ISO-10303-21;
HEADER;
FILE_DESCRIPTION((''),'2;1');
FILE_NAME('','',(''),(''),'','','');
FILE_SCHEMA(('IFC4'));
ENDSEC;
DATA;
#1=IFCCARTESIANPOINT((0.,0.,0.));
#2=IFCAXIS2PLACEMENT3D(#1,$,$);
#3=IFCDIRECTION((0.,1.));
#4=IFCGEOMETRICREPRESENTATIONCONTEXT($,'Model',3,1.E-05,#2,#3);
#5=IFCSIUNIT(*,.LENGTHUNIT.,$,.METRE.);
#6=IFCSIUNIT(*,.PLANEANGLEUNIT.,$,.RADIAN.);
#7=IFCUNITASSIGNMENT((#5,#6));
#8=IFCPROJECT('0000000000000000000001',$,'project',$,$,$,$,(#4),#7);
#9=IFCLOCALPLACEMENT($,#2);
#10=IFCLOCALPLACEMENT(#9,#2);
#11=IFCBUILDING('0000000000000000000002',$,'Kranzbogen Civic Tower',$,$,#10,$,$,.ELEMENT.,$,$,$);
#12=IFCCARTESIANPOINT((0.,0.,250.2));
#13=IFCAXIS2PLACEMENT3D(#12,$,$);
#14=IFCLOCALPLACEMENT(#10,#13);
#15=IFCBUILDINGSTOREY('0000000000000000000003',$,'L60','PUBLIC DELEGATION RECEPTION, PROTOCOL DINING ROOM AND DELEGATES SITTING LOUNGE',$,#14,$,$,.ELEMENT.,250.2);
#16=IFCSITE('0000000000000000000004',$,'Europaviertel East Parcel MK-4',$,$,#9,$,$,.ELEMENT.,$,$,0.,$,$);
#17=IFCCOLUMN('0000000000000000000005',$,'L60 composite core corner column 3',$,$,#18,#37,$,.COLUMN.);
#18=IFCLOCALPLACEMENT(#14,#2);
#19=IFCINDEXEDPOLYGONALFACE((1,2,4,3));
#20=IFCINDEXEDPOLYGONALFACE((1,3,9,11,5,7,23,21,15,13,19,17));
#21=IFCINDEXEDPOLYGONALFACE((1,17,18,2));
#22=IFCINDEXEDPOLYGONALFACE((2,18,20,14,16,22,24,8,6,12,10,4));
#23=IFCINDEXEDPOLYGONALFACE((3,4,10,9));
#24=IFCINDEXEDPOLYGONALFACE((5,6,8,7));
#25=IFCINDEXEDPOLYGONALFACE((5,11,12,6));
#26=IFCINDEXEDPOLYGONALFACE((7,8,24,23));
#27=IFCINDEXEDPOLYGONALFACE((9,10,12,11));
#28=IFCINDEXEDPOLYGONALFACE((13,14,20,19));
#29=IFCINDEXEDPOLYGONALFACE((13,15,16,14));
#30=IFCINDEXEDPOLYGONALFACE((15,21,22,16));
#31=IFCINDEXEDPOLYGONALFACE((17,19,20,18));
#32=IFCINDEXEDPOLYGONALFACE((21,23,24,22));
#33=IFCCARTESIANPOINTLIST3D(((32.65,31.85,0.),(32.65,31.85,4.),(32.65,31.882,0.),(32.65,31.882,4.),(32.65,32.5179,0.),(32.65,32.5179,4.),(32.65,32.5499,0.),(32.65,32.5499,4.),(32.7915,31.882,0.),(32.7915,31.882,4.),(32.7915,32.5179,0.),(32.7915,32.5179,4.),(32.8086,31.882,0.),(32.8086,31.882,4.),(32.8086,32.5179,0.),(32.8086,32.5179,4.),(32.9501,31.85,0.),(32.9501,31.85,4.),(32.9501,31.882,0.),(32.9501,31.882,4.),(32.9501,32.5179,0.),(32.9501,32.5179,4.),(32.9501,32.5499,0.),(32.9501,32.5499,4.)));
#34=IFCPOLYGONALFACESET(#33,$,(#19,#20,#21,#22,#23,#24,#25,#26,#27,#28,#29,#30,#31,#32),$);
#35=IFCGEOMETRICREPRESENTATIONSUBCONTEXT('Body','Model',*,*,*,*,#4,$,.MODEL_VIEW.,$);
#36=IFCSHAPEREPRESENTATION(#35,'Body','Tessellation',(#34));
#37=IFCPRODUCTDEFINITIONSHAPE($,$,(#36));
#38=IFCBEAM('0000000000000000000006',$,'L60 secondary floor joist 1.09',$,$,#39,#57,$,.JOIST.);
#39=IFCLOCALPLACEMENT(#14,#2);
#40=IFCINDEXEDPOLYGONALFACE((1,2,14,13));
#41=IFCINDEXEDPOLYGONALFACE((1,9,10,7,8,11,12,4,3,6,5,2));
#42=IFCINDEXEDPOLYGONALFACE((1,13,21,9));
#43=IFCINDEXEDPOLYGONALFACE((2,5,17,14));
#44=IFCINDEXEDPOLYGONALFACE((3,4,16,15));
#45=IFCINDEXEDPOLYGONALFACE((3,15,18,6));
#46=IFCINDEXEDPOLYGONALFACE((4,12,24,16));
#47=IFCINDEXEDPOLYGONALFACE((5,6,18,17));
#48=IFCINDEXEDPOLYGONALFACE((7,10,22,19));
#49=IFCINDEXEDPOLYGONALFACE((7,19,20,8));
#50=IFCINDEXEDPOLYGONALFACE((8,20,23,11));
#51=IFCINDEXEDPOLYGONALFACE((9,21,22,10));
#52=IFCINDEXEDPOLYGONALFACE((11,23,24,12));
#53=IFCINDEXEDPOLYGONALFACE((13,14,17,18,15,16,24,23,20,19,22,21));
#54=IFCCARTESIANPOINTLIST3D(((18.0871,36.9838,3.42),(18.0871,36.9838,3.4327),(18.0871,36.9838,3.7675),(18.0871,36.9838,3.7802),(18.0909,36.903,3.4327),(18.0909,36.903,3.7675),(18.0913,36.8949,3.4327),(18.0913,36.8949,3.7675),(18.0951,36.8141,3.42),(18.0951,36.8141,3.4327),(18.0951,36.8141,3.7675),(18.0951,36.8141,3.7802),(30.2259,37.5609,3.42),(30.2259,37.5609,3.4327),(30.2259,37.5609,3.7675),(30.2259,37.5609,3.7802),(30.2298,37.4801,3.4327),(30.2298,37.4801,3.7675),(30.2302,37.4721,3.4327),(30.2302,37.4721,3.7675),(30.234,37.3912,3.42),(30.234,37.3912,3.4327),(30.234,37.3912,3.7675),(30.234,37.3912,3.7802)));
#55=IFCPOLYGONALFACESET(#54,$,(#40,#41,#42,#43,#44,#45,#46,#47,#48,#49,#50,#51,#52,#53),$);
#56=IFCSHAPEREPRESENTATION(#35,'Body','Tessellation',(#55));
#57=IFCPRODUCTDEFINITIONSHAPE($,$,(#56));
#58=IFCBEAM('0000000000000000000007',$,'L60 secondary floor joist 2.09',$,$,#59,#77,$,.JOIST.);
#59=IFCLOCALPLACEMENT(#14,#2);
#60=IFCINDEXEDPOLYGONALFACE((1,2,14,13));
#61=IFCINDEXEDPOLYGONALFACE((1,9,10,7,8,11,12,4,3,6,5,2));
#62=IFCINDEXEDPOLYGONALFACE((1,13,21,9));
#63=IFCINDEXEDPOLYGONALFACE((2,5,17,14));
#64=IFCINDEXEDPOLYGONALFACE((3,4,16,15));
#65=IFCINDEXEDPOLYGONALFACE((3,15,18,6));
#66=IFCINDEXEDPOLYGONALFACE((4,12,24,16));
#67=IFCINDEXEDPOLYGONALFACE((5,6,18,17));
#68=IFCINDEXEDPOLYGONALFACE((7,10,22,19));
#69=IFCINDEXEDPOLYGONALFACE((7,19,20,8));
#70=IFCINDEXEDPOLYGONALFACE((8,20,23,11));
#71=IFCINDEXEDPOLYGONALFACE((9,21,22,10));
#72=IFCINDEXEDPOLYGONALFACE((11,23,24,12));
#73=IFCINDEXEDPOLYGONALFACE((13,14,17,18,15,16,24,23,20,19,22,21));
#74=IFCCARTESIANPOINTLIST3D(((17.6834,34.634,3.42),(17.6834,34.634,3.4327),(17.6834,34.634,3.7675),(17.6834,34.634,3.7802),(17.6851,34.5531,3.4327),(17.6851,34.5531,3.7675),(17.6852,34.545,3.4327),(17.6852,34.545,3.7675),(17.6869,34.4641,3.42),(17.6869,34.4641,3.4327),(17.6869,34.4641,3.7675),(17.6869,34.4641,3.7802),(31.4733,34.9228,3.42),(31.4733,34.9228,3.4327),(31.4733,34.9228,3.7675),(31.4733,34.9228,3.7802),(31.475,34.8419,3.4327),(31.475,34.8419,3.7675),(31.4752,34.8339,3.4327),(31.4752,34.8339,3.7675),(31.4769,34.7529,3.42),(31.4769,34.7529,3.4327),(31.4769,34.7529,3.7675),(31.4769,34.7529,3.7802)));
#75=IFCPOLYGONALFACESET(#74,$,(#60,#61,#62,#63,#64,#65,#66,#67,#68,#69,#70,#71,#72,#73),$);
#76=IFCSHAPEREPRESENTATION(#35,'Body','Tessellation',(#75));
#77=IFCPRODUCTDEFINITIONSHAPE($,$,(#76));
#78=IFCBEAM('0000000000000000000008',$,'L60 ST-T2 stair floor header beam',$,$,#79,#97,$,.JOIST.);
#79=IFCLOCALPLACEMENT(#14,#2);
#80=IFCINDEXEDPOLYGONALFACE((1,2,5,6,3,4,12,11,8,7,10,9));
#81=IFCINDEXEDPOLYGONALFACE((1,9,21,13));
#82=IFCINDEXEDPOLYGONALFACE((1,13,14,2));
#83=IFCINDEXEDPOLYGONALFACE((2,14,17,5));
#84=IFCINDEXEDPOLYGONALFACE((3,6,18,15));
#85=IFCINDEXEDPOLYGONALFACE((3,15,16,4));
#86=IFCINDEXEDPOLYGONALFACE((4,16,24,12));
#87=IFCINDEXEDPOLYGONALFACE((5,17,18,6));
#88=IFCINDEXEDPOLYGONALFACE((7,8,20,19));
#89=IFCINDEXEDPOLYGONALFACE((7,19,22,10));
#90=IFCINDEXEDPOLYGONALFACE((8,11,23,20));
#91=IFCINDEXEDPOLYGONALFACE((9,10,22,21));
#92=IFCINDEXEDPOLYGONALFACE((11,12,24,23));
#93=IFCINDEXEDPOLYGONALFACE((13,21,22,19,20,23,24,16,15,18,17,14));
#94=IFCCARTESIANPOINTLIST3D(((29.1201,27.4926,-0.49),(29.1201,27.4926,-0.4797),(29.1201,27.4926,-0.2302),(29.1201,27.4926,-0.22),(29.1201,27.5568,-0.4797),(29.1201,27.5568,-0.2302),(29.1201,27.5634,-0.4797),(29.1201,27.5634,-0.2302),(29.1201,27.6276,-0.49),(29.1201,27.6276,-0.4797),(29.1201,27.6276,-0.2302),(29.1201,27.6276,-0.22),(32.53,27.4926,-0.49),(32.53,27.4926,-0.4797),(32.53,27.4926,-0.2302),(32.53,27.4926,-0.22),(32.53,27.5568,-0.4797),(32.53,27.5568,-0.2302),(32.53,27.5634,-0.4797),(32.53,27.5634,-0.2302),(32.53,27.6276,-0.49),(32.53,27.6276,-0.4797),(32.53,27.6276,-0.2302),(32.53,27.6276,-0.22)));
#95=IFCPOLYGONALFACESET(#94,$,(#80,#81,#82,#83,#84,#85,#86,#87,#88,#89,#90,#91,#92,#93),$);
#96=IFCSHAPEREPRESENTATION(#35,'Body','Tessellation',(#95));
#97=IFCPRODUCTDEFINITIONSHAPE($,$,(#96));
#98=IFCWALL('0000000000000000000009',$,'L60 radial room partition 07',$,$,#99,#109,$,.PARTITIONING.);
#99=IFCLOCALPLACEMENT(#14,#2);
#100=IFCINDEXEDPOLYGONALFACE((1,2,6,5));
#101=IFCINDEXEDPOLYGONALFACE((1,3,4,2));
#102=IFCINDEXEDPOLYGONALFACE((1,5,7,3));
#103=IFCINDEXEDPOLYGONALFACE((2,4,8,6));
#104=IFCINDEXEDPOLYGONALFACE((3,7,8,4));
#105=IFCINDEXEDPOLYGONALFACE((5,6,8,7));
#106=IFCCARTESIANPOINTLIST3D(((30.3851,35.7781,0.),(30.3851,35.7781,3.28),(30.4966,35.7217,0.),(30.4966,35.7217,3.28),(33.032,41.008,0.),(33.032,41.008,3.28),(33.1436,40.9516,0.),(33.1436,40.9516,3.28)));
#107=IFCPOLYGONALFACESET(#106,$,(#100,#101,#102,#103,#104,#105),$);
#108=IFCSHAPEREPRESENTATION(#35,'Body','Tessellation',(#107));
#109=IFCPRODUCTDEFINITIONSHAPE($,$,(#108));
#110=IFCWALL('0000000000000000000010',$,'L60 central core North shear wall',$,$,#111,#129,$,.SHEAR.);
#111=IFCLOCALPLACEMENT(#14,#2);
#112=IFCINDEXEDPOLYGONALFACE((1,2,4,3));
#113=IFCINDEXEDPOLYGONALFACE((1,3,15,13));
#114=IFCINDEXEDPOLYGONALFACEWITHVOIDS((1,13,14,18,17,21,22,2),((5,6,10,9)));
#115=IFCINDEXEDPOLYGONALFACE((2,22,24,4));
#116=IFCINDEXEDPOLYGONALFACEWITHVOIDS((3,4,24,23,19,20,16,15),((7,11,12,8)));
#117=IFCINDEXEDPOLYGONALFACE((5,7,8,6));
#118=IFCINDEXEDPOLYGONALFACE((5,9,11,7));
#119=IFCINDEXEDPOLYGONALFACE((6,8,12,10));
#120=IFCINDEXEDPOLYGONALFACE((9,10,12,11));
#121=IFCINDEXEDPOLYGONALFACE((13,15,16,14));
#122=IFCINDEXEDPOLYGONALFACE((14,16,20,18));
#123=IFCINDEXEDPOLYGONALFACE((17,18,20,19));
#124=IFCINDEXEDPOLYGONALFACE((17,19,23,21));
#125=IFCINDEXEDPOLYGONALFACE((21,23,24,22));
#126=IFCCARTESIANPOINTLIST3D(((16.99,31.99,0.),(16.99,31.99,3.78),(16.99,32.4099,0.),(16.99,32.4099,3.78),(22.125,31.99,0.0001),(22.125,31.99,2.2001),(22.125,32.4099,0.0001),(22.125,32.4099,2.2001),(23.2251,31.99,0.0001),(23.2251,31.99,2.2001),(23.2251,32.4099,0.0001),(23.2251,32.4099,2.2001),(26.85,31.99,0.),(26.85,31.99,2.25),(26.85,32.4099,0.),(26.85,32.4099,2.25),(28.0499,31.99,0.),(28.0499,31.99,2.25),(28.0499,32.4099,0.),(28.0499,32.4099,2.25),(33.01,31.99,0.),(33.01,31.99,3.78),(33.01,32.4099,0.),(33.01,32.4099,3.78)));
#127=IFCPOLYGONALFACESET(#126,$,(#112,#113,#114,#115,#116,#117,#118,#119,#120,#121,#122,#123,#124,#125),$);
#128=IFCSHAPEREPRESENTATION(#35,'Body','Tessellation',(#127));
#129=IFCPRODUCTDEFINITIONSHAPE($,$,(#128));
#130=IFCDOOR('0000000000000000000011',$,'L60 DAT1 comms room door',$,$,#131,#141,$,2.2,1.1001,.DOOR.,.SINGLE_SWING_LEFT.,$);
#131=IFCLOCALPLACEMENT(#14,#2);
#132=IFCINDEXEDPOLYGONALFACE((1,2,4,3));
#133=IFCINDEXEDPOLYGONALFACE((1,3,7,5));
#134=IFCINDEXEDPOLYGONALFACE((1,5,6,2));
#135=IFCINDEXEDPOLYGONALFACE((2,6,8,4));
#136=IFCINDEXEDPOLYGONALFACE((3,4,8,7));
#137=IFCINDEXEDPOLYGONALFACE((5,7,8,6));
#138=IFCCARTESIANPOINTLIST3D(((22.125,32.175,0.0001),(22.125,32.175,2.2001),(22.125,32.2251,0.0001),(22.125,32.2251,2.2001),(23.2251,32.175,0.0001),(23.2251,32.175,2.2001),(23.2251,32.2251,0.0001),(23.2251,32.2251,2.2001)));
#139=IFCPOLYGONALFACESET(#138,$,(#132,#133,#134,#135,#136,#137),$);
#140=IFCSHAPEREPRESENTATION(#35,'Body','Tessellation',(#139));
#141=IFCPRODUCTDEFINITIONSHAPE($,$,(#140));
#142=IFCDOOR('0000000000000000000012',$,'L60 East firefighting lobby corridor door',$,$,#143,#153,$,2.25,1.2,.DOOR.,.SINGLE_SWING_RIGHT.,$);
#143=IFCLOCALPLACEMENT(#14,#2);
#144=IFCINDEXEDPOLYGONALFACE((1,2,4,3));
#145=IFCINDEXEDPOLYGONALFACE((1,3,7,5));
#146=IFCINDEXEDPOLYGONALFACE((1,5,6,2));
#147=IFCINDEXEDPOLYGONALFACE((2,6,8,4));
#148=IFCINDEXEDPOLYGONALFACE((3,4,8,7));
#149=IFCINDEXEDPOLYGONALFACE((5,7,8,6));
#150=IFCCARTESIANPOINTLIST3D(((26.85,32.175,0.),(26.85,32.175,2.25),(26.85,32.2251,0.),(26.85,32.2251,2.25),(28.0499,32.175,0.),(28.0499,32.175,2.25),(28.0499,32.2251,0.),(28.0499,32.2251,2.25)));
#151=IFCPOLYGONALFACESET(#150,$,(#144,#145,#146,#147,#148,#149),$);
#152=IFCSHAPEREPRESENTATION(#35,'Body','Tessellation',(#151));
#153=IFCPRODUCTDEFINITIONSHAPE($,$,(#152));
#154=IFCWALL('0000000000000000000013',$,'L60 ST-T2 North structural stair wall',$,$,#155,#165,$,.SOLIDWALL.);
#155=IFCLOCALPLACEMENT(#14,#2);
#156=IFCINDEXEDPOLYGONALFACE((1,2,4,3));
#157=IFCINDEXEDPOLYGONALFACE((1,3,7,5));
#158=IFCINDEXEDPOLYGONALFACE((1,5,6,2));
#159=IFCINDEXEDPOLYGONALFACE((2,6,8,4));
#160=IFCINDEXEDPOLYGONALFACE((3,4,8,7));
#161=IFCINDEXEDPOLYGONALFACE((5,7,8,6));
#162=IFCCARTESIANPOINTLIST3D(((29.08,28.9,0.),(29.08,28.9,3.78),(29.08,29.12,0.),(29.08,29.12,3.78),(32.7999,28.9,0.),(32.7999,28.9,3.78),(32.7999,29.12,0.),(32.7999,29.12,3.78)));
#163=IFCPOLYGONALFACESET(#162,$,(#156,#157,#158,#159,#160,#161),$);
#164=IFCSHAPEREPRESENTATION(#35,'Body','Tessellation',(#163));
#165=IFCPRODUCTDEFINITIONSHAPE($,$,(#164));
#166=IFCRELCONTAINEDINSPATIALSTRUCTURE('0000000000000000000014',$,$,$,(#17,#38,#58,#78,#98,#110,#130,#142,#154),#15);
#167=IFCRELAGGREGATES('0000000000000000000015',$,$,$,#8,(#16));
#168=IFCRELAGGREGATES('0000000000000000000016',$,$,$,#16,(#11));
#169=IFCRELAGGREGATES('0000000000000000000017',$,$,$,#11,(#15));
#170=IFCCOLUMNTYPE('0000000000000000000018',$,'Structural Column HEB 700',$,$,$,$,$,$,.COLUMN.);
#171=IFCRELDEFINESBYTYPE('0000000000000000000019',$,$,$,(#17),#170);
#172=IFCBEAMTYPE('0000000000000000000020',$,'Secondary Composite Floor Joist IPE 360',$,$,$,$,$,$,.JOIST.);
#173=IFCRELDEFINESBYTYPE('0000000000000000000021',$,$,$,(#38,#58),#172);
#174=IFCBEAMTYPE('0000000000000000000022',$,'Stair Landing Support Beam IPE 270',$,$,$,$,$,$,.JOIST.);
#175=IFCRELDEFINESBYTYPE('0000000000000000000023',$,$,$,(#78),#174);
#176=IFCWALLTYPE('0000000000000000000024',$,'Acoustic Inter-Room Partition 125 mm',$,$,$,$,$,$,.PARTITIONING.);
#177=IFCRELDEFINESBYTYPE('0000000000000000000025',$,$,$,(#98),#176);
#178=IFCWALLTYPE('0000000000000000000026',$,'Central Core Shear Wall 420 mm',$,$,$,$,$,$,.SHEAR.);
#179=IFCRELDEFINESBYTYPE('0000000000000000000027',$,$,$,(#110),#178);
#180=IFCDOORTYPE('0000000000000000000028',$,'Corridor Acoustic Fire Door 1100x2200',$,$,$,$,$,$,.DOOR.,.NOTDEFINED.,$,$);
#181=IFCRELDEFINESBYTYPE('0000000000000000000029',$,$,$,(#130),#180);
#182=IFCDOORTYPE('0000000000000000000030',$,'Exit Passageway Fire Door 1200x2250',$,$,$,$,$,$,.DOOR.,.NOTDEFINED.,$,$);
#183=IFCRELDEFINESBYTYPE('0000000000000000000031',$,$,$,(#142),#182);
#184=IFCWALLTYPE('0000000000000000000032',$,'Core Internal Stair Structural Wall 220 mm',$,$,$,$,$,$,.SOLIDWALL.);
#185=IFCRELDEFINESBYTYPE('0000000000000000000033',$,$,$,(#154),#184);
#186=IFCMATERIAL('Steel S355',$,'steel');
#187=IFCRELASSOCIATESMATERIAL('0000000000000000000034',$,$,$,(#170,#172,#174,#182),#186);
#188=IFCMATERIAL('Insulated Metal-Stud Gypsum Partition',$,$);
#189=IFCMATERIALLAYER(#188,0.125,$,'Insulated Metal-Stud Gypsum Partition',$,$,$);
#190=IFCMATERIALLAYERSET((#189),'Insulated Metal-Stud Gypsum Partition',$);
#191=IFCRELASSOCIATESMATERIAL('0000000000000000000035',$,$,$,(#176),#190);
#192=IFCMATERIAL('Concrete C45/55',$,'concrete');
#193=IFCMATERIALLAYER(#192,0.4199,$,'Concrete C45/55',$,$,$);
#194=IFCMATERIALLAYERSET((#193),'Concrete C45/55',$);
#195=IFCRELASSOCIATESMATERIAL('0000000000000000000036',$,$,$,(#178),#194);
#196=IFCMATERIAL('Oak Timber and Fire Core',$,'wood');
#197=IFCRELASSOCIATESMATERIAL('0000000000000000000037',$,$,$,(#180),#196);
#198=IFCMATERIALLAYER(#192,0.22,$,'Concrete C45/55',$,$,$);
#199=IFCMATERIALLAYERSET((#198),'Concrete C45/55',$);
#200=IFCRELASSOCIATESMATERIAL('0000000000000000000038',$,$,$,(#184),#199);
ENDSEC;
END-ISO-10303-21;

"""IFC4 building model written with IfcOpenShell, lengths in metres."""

from ifc_helpers import new_model, si_unit, direction, frame, frame_2d, origin, origin_2d, place, context, subcontext, project, spatial, rectangle, i_section, extrude, material, layer, layer_set, material_profile, profile_set, type_object, element, fill, save


model = new_model("IFC4")

# Units and contexts
model_context = context("Model", 3, precision=1e-05, world=origin(), true_north=direction((0.0, 1.0)))
body_context = subcontext(model_context, "Body", "Model", "MODEL_VIEW")
ifc_project = project(units=[si_unit("LENGTHUNIT", "METRE"), si_unit("PLANEANGLEUNIT", "RADIAN")], contexts=[model_context])

# Site, building, storey
site_placement = place(None, origin())
site = spatial("IfcSite", under=ifc_project, at=site_placement, Name="Europaviertel East Parcel MK-4", CompositionType="ELEMENT", RefElevation=0.0)
building_placement = place(site_placement, origin())
building = spatial("IfcBuilding", under=site, at=building_placement, Name="Kranzbogen Civic Tower", CompositionType="ELEMENT")
storey_placement = place(building_placement, frame((0.0, 0.0, 250.2)))
storey = spatial("IfcBuildingStorey", under=building, at=storey_placement, Name="L60", Description="PUBLIC DELEGATION RECEPTION, PROTOCOL DINING ROOM AND DELEGATES SITTING LOUNGE", CompositionType="ELEMENT", Elevation=250.2)

# Column
ifc_material_1 = material(Name="Steel S355", Category="steel")
ifc_material_profile_1 = material_profile(ifc_material_1, i_section(OverallWidth=0.3, OverallDepth=0.7, WebThickness=0.0171, FlangeThickness=0.032, at=origin_2d()), Name="HEB 700")
ifc_profile_set_1 = profile_set([ifc_material_profile_1], Name="Steel S355")
column_type = type_object("IfcColumnType", Name="Structural Column HEB 700", PredefinedType="COLUMN", material=ifc_profile_set_1)
column_placement = place(storey_placement, frame((32.8, 32.2, 0.0), z_axis=(0.0, 0.0, 1.0), x_axis=(1.0, 0.0, 0.0)))
element("IfcColumn", 1, at=column_placement, inside=storey, type_object=column_type, Name="L60 composite core corner column 3", PredefinedType="COLUMN", context=body_context, shape_type="SweptSolid", body=[
    extrude(i_section(OverallWidth=0.3, OverallDepth=0.7, WebThickness=0.0171, FlangeThickness=0.032, at=origin_2d()), origin(), (0.0, 0.0, 1.0), 4.0),
])

# Beams
ifc_material_profile_2 = material_profile(ifc_material_1, i_section(OverallWidth=0.1699, OverallDepth=0.3601, WebThickness=0.0081, FlangeThickness=0.0127, at=origin_2d()), Name="IPE 360")
ifc_profile_set_2 = profile_set([ifc_material_profile_2], Name="Steel S355")
beam_type_1 = type_object("IfcBeamType", Name="Secondary Composite Floor Joist IPE 360", PredefinedType="JOIST", material=ifc_profile_set_2)
beam_1_placement = place(storey_placement, frame((30.23, 37.4761, 3.6001), z_axis=(-0.998872, -0.047492, 0.0), x_axis=(0.047492, -0.998872, 0.0)))
element("IfcBeam", 2, at=beam_1_placement, inside=storey, type_object=beam_type_1, Name="L60 secondary floor joist 1.09", PredefinedType="JOIST", context=body_context, shape_type="SweptSolid", body=[
    extrude(i_section(OverallWidth=0.1699, OverallDepth=0.3601, WebThickness=0.0081, FlangeThickness=0.0127, at=origin_2d()), origin(), (0.0, 0.0, 1.0), 12.1526),
])
beam_2_placement = place(storey_placement, frame((31.4751, 34.8379, 3.6001), z_axis=(-0.999781, -0.020939, 0.0), x_axis=(0.020939, -0.999781, 0.0)))
element("IfcBeam", 3, at=beam_2_placement, inside=storey, type_object=beam_type_1, Name="L60 secondary floor joist 2.09", PredefinedType="JOIST", context=body_context, shape_type="SweptSolid", body=[
    extrude(i_section(OverallWidth=0.1699, OverallDepth=0.3601, WebThickness=0.0081, FlangeThickness=0.0127, at=origin_2d()), origin(), (0.0, 0.0, 1.0), 13.793),
])
ifc_material_profile_3 = material_profile(ifc_material_1, i_section(OverallWidth=0.135, OverallDepth=0.27, WebThickness=0.0066, FlangeThickness=0.0103, at=origin_2d()), Name="IPE 270")
ifc_profile_set_3 = profile_set([ifc_material_profile_3], Name="Steel S355")
beam_type_2 = type_object("IfcBeamType", Name="Stair Landing Support Beam IPE 270", PredefinedType="JOIST", material=ifc_profile_set_3)
beam_3_placement = place(storey_placement, frame((29.1201, 27.5601, -0.355), z_axis=(1.0, 0.0, 0.0), x_axis=(0.0, 1.0, 0.0)))
element("IfcBeam", 4, at=beam_3_placement, inside=storey, type_object=beam_type_2, Name="L60 ST-T2 stair floor header beam", PredefinedType="JOIST", context=body_context, shape_type="SweptSolid", body=[
    extrude(i_section(OverallWidth=0.135, OverallDepth=0.27, WebThickness=0.0066, FlangeThickness=0.0103, at=origin_2d()), origin(), (0.0, 0.0, 1.0), 3.4099),
])

# Wall
ifc_material_2 = material(Name="Insulated Metal-Stud Gypsum Partition")
ifc_layer_1 = layer(ifc_material_2, 0.125, Name="Insulated Metal-Stud Gypsum Partition")
ifc_layer_set_1 = layer_set([ifc_layer_1], Name="Insulated Metal-Stud Gypsum Partition")
wall_type_1 = type_object("IfcWallType", Name="Acoustic Inter-Room Partition 125 mm", PredefinedType="PARTITIONING", material=ifc_layer_set_1)
wall_1_placement = place(storey_placement, frame((30.4409, 35.75, 0.0), z_axis=(0.0, 0.0, 1.0), x_axis=(0.451573, 0.892234, 0.0)))
element("IfcWall", 5, at=wall_1_placement, inside=storey, type_object=wall_type_1, Name="L60 radial room partition 07", PredefinedType="PARTITIONING", context=body_context, shape_type="SweptSolid", body=[
    extrude(rectangle(XDim=5.8616, YDim=0.125, at=frame_2d((2.9307, 0.0))), origin(), (0.0, 0.0, 1.0), 3.28),
])

# Wall, openings, doors
ifc_material_3 = material(Name="Concrete C45/55", Category="concrete")
ifc_layer_2 = layer(ifc_material_3, 0.4199, Name="Concrete C45/55")
ifc_layer_set_2 = layer_set([ifc_layer_2], Name="Concrete C45/55")
wall_type_2 = type_object("IfcWallType", Name="Central Core Shear Wall 420 mm", PredefinedType="SHEAR", material=ifc_layer_set_2)
wall_2_placement = place(storey_placement, frame((33.01, 32.2, 0.0), z_axis=(0.0, 0.0, 1.0), x_axis=(-1.0, 0.0, 0.0)))
wall_2 = element("IfcWall", 6, at=wall_2_placement, inside=storey, type_object=wall_type_2, Name="L60 central core North shear wall", PredefinedType="SHEAR", context=body_context, shape_type="SweptSolid", body=[
    extrude(rectangle(XDim=16.02, YDim=0.4199, at=frame_2d((8.01, 0.0))), origin(), (0.0, 0.0, 1.0), 3.78),
])
opening_1_placement = place(wall_2_placement, frame((4.96, 0.0, 0.0)))
opening_1 = element("IfcOpeningElement", 7, at=opening_1_placement, cuts=wall_2, PredefinedType="OPENING", context=body_context, shape_type="SweptSolid", body=[
    extrude(rectangle(XDim=1.2, YDim=2.25, at=frame_2d((0.6001, 1.125))), frame((0.0, 0.22, 0.0), z_axis=(0.0, -1.0, 0.0), x_axis=(1.0, 0.0, 0.0)), (0.0, 0.0, 1.0), 0.4399),
])
opening_2_placement = place(wall_2_placement, frame((9.7849, 0.0, 0.0)))
opening_2 = element("IfcOpeningElement", 8, at=opening_2_placement, cuts=wall_2, PredefinedType="OPENING", context=body_context, shape_type="SweptSolid", body=[
    extrude(rectangle(XDim=1.1001, YDim=2.2, at=frame_2d((0.55, 1.1001))), frame((0.0, 0.22, 0.0), z_axis=(0.0, -1.0, 0.0), x_axis=(1.0, 0.0, 0.0)), (0.0, 0.0, 1.0), 0.4399),
])
ifc_material_4 = material(Name="Oak Timber and Fire Core", Category="wood")
door_type_1 = type_object("IfcDoorType", Name="Corridor Acoustic Fire Door 1100x2200", OperationType="NOTDEFINED", PredefinedType="DOOR", material=ifc_material_4)
door_1_placement = place(opening_2_placement, origin())
door_1 = element("IfcDoor", 9, at=door_1_placement, inside=storey, type_object=door_type_1, Name="L60 DAT1 comms room door", OperationType="SINGLE_SWING_LEFT", OverallHeight=2.2, OverallWidth=1.1001, PredefinedType="DOOR", context=body_context, shape_type="SweptSolid", body=[
    extrude(rectangle(XDim=1.1001, YDim=2.2, at=frame_2d((0.55, 1.1001))), frame((0.0, 0.0249, 0.0), z_axis=(0.0, -1.0, 0.0), x_axis=(1.0, 0.0, 0.0)), (0.0, 0.0, 1.0), 0.05),
])
fill(opening_2, door_1)
door_type_2 = type_object("IfcDoorType", Name="Exit Passageway Fire Door 1200x2250", OperationType="NOTDEFINED", PredefinedType="DOOR", material=ifc_material_1)
door_2_placement = place(opening_1_placement, origin())
door_2 = element("IfcDoor", 10, at=door_2_placement, inside=storey, type_object=door_type_2, Name="L60 East firefighting lobby corridor door", OperationType="SINGLE_SWING_RIGHT", OverallHeight=2.25, OverallWidth=1.2, PredefinedType="DOOR", context=body_context, shape_type="SweptSolid", body=[
    extrude(rectangle(XDim=1.2, YDim=2.25, at=frame_2d((0.6001, 1.125))), frame((0.0, 0.0249, 0.0), z_axis=(0.0, -1.0, 0.0), x_axis=(1.0, 0.0, 0.0)), (0.0, 0.0, 1.0), 0.05),
])
fill(opening_1, door_2)

# Wall
ifc_layer_3 = layer(ifc_material_3, 0.22, Name="Concrete C45/55")
ifc_layer_set_3 = layer_set([ifc_layer_3], Name="Concrete C45/55")
wall_type_3 = type_object("IfcWallType", Name="Core Internal Stair Structural Wall 220 mm", PredefinedType="SOLIDWALL", material=ifc_layer_set_3)
wall_3_placement = place(storey_placement, frame((29.0801, 29.01, 0.0), z_axis=(0.0, 0.0, 1.0), x_axis=(1.0, 0.0, 0.0)))
element("IfcWall", 11, at=wall_3_placement, inside=storey, type_object=wall_type_3, Name="L60 ST-T2 North structural stair wall", PredefinedType="SOLIDWALL", context=body_context, shape_type="SweptSolid", body=[
    extrude(rectangle(XDim=3.72, YDim=0.22, at=frame_2d((1.8599, 0.0))), origin(), (0.0, 0.0, 1.0), 3.78),
])

save(model, "model.ifc")
